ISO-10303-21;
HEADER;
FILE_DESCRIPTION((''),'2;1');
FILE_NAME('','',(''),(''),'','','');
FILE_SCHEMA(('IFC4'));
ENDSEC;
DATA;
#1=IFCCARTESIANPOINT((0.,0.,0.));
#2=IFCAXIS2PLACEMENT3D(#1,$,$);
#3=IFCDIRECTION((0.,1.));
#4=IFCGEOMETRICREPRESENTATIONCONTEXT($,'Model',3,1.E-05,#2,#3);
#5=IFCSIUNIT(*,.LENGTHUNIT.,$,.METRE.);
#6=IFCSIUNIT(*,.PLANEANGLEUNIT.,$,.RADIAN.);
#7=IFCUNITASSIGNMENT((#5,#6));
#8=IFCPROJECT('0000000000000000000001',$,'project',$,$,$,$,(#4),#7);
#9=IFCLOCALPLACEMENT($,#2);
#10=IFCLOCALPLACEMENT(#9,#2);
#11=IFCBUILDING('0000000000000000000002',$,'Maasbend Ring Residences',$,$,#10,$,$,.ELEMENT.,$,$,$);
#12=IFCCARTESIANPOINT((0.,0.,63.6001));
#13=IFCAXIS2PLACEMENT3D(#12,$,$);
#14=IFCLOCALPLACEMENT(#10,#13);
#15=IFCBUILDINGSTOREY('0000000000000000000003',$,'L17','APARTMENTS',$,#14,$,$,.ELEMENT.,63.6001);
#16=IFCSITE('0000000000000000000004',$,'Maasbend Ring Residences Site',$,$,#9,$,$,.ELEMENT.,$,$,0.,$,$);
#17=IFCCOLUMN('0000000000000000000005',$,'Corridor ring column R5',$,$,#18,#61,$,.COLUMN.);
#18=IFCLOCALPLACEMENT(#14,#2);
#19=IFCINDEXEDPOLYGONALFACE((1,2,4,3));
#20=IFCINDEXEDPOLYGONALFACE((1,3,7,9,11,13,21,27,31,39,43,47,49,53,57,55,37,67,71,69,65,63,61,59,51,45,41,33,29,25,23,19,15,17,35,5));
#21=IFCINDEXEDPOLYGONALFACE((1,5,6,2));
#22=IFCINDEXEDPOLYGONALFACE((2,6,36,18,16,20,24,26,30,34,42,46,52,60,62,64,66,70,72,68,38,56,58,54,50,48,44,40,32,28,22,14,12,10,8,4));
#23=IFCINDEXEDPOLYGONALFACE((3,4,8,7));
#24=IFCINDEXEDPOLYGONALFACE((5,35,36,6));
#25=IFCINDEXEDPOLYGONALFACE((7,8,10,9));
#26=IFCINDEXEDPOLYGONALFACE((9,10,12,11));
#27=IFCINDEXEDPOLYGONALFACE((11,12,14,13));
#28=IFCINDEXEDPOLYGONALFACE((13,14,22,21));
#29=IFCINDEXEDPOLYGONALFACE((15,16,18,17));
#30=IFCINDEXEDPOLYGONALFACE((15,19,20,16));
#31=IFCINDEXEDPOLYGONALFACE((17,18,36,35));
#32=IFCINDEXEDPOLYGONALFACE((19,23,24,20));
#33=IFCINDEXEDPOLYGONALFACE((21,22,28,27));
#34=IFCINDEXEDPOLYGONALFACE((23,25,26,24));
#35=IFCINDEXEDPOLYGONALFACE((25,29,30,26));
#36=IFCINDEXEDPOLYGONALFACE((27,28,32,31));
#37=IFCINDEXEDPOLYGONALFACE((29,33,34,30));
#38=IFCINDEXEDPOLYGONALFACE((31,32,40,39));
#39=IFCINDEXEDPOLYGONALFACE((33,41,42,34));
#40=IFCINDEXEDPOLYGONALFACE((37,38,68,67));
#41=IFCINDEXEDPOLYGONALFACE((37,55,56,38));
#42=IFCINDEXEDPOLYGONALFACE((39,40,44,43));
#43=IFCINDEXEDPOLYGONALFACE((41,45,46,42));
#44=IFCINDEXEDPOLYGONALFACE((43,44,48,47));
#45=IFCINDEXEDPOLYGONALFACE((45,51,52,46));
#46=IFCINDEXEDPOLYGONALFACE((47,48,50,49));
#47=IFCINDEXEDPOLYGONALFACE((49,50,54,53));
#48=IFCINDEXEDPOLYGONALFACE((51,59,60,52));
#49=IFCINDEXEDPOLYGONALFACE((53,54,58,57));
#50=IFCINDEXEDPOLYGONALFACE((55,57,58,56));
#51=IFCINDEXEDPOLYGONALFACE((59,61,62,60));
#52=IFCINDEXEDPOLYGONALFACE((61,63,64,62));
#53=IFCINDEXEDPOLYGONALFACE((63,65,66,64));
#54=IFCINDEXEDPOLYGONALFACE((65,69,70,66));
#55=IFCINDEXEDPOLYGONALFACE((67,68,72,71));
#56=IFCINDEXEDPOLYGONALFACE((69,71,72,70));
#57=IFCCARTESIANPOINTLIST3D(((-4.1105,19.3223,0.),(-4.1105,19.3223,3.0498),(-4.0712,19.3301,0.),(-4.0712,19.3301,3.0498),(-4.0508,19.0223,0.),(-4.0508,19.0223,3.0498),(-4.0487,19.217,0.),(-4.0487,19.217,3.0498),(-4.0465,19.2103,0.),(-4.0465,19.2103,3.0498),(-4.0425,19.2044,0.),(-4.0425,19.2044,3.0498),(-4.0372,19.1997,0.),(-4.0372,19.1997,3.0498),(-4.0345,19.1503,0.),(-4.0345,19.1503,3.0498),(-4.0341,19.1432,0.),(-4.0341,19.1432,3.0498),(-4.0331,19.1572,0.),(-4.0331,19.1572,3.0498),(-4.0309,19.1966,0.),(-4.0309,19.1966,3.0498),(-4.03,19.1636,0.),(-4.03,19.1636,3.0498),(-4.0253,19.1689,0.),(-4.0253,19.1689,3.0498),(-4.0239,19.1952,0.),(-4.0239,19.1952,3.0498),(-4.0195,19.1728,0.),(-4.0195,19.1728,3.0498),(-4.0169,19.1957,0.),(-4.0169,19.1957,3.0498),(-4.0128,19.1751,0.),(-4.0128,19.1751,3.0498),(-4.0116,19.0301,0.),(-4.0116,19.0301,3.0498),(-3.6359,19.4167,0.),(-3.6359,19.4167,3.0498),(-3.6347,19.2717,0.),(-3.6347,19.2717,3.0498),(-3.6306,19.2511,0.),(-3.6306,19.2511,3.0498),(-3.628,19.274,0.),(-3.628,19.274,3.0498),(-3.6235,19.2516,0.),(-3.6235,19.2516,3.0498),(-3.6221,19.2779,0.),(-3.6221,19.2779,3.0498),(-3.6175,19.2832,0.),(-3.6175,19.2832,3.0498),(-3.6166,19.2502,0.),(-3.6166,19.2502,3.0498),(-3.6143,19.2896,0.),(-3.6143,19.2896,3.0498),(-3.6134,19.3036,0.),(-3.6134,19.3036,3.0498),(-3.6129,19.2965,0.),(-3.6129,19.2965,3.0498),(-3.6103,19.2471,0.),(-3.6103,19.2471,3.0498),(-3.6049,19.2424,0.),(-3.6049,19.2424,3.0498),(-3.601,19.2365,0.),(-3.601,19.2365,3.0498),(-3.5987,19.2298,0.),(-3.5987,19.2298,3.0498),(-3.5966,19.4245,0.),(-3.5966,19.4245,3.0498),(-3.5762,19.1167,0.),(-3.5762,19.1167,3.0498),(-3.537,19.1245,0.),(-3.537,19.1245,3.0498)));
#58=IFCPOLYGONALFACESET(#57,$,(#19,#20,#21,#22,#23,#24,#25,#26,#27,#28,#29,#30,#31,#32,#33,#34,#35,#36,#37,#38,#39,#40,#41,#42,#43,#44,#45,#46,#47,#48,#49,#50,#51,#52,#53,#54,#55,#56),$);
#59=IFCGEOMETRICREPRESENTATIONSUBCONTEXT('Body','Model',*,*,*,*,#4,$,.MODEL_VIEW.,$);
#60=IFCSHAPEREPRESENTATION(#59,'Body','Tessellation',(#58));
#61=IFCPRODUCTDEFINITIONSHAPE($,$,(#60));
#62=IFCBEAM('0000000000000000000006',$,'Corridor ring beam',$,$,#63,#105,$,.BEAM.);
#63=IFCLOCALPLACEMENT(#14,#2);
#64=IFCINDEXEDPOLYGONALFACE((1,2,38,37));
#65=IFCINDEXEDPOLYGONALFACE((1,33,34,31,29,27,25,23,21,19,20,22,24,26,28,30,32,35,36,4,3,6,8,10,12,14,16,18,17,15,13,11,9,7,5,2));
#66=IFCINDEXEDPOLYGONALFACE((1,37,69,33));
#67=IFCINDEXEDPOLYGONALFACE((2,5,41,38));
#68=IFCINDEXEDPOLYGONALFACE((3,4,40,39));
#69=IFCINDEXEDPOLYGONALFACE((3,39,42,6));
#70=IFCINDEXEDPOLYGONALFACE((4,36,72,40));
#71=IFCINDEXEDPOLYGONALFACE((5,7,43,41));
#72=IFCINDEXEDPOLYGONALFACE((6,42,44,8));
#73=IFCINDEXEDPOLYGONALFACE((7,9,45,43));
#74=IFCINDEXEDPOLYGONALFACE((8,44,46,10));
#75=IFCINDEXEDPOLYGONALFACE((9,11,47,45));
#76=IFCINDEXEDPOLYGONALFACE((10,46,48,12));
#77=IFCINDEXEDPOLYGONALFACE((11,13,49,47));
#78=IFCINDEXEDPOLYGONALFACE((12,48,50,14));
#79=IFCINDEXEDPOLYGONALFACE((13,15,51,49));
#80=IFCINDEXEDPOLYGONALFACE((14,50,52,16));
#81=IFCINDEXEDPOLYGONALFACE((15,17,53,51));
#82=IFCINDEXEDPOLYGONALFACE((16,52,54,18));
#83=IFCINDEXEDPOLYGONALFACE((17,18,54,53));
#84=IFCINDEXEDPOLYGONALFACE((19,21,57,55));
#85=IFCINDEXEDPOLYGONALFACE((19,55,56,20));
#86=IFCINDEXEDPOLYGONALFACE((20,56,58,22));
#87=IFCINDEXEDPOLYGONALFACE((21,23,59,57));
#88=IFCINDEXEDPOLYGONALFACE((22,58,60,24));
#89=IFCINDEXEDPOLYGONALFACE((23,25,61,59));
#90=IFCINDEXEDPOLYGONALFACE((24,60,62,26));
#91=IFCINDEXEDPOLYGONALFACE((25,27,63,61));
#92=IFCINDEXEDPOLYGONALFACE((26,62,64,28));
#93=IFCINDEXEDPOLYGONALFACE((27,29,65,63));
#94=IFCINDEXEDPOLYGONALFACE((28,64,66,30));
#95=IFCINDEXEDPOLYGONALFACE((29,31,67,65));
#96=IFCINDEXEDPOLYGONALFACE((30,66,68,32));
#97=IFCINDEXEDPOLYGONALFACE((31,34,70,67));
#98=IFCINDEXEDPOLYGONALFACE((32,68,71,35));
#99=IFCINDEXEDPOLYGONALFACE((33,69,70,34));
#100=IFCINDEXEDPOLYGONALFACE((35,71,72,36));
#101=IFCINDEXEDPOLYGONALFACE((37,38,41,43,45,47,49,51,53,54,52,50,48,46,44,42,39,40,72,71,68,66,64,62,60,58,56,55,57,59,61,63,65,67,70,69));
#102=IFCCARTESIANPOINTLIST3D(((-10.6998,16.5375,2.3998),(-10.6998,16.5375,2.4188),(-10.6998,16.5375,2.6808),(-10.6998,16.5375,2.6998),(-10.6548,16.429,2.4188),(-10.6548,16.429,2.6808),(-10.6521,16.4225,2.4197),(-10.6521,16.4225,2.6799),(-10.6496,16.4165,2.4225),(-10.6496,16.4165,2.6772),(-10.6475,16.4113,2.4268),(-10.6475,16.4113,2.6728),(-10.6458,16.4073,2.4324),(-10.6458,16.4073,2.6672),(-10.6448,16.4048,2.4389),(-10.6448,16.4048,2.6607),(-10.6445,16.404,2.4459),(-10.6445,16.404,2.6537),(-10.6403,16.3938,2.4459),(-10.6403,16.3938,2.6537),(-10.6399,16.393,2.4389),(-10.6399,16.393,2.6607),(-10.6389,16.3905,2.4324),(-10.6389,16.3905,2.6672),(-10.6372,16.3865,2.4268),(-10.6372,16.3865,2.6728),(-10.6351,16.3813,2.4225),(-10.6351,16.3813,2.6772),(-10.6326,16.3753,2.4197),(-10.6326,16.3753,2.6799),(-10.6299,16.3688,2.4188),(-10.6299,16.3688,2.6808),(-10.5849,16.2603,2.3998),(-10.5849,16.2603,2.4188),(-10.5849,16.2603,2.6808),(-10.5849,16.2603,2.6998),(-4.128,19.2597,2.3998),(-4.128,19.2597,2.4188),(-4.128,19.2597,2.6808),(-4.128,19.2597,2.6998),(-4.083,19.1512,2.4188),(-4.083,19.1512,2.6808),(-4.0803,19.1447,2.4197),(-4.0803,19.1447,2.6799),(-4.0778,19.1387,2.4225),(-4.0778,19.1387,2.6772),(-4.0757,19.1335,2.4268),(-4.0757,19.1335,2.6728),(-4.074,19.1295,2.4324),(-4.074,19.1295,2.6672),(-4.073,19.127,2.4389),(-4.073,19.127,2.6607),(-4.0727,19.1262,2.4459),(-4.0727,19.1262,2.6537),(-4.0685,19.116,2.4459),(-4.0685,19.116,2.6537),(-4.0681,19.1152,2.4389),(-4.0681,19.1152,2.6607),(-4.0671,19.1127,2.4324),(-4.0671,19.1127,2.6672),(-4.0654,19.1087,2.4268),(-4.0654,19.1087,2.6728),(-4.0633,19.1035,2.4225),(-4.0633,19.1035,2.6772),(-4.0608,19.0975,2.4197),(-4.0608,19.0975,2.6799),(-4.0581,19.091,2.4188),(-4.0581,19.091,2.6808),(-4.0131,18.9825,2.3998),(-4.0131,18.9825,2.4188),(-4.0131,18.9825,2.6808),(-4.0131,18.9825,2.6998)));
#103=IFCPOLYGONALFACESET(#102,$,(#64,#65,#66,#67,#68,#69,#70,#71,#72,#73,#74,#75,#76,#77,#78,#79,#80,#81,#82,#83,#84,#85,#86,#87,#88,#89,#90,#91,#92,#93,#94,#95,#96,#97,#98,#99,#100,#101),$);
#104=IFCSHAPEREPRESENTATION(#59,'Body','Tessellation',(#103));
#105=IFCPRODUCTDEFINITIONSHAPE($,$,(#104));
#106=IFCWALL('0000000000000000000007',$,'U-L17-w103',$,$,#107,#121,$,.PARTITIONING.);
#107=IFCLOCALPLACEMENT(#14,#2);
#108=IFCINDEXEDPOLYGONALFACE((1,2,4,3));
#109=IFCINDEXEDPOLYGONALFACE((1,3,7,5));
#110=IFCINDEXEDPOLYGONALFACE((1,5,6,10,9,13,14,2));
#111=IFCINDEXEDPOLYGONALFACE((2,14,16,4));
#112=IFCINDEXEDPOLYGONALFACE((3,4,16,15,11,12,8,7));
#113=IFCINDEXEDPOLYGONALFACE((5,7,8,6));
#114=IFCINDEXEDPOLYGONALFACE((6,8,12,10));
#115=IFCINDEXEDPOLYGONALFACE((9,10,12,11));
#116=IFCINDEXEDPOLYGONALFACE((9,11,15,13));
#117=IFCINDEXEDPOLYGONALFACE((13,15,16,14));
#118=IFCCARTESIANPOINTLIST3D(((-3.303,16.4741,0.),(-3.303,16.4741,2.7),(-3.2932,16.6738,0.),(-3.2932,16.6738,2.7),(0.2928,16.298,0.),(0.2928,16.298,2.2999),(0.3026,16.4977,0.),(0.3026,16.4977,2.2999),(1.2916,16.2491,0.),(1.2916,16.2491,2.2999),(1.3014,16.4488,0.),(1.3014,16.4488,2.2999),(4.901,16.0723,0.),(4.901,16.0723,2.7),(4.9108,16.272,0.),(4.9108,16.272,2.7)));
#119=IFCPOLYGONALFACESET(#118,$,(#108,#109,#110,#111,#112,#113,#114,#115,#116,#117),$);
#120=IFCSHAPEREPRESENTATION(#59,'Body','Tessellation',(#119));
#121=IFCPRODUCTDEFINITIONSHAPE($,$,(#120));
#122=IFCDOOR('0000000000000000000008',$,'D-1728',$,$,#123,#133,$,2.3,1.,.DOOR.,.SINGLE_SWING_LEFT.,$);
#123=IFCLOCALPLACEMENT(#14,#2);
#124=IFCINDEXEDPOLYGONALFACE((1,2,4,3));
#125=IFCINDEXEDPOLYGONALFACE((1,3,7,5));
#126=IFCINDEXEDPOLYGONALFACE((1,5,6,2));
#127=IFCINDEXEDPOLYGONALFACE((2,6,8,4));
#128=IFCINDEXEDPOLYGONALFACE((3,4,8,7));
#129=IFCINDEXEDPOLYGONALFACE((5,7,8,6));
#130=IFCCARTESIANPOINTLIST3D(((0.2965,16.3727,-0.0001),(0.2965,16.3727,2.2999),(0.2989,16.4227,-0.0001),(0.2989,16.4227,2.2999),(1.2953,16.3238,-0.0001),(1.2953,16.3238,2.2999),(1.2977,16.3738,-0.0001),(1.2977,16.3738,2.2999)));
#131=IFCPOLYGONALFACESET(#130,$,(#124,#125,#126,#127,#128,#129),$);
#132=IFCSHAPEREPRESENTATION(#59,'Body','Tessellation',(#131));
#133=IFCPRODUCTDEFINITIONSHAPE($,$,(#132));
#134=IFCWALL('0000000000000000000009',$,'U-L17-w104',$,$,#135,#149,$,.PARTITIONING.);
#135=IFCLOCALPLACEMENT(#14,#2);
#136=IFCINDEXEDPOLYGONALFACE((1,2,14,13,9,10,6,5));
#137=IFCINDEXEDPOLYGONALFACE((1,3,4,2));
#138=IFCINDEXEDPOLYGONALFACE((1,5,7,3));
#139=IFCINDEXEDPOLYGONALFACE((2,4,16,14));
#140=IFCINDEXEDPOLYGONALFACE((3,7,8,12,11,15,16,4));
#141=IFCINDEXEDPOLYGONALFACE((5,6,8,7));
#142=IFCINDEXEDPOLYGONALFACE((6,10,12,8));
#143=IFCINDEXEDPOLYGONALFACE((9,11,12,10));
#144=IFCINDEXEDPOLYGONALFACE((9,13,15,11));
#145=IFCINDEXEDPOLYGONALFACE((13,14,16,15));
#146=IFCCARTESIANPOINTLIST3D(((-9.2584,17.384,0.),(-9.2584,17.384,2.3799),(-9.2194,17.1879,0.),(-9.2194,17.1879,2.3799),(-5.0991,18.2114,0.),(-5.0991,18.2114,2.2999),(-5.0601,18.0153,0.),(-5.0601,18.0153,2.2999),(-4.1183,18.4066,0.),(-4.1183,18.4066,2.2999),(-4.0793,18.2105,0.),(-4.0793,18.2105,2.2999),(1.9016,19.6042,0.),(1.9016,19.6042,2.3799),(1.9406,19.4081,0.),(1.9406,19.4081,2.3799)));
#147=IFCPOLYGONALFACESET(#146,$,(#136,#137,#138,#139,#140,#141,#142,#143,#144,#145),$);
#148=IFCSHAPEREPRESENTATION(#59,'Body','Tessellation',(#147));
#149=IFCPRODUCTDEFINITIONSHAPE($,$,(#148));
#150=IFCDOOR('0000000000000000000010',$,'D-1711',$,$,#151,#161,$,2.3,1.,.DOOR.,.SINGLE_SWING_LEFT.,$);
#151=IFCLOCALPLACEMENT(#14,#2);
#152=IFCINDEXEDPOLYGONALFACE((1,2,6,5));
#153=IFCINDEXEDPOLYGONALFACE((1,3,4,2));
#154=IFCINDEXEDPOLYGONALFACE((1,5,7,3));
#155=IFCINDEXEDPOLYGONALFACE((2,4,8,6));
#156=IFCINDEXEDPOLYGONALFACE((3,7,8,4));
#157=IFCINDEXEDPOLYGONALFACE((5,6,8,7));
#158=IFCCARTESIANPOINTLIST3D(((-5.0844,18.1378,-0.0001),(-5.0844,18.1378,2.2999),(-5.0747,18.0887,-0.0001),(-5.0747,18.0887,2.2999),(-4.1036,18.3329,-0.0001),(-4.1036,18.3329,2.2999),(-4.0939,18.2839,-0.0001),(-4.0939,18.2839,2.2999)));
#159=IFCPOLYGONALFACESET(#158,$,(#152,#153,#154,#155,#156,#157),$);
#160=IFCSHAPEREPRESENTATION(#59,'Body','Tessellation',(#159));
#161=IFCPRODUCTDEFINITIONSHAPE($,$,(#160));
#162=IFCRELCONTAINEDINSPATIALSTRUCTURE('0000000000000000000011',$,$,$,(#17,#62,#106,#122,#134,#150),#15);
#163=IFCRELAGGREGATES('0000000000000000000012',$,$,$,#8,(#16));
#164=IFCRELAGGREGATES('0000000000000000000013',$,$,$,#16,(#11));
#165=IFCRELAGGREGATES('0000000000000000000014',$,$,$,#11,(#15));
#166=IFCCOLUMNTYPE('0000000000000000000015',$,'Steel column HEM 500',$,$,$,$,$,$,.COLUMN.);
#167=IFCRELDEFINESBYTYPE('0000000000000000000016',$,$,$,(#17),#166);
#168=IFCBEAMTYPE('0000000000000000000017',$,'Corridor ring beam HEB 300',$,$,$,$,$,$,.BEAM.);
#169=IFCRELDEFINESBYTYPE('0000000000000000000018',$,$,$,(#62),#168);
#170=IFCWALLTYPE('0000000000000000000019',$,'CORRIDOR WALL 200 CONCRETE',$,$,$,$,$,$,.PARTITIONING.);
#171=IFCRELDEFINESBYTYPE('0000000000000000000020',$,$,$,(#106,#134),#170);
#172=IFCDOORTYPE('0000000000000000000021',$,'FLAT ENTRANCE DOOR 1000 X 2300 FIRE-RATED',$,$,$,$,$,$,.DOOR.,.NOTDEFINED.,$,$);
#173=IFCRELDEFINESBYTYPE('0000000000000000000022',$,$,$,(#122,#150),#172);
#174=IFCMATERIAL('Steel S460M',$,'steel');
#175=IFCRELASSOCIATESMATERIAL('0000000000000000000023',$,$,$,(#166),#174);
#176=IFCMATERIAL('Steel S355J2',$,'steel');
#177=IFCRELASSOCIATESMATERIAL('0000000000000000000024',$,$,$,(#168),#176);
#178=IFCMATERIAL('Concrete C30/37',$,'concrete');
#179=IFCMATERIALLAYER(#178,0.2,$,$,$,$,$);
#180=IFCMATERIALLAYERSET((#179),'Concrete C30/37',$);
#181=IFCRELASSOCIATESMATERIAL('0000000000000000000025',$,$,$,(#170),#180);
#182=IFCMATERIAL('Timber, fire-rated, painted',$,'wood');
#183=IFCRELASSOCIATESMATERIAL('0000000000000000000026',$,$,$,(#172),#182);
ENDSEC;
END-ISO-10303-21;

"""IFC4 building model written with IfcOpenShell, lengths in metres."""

from ifc_helpers import new_model, si_unit, direction, frame, frame_2d, origin, origin_2d, place, context, subcontext, project, spatial, rectangle, i_section, extrude, material, layer, layer_set, material_profile, profile_set, type_object, element, fill, save


model = new_model("IFC4")

# Units and contexts
model_context = context("Model", 3, precision=1e-05, world=origin(), true_north=direction((0.0, 1.0)))
body_context = subcontext(model_context, "Body", "Model", "MODEL_VIEW")
ifc_project = project(units=[si_unit("LENGTHUNIT", "METRE"), si_unit("PLANEANGLEUNIT", "RADIAN")], contexts=[model_context])

# Site, building, storey
site_placement = place(None, origin())
site = spatial("IfcSite", under=ifc_project, at=site_placement, Name="Maasbend Ring Residences Site", CompositionType="ELEMENT", RefElevation=0.0)
building_placement = place(site_placement, origin())
building = spatial("IfcBuilding", under=site, at=building_placement, Name="Maasbend Ring Residences", CompositionType="ELEMENT")
storey_placement = place(building_placement, frame((0.0, 0.0, 63.6001)))
storey = spatial("IfcBuildingStorey", under=building, at=storey_placement, Name="L17", Description="APARTMENTS", CompositionType="ELEMENT", Elevation=63.6001)

# Column
ifc_material_1 = material(Name="Steel S460M", Category="steel")
ifc_material_profile_1 = material_profile(ifc_material_1, i_section(OverallWidth=0.3059, OverallDepth=0.5239, WebThickness=0.021, FlangeThickness=0.04, FilletRadius=0.0271, at=origin_2d()), Name="HEM 500")
ifc_profile_set_1 = profile_set([ifc_material_profile_1], Name="Steel S460M")
column_type = type_object("IfcColumnType", Name="Steel column HEM 500", PredefinedType="COLUMN", material=ifc_profile_set_1)
column_placement = place(storey_placement, frame((-3.8237, 19.2234, 0.0), z_axis=(0.0, 0.0, 1.0), x_axis=(-0.19509, 0.980785, 0.0)))
element("IfcColumn", 1, at=column_placement, inside=storey, type_object=column_type, Name="Corridor ring column R5", PredefinedType="COLUMN", context=body_context, shape_type="SweptSolid", body=[
    extrude(i_section(OverallWidth=0.3059, OverallDepth=0.5239, WebThickness=0.021, FlangeThickness=0.04, FilletRadius=0.0271, at=origin_2d()), origin(), (0.0, 0.0, 1.0), 3.0498),
])

# Beam
ifc_material_2 = material(Name="Steel S355J2", Category="steel")
ifc_material_profile_2 = material_profile(ifc_material_2, i_section(OverallWidth=0.3, OverallDepth=0.3, WebThickness=0.011, FlangeThickness=0.019, FilletRadius=0.0271, at=origin_2d()), Name="HEB 300")
ifc_profile_set_2 = profile_set([ifc_material_profile_2], Name="Steel S355J2")
beam_type = type_object("IfcBeamType", Name="Corridor ring beam HEB 300", PredefinedType="BEAM", material=ifc_profile_set_2)
beam_placement = place(storey_placement, frame((-4.0706, 19.1211, 2.5498), z_axis=(-0.923877, -0.382689, 0.0), x_axis=(0.382689, -0.923877, 0.0)))
element("IfcBeam", 2, at=beam_placement, inside=storey, type_object=beam_type, Name="Corridor ring beam", PredefinedType="BEAM", context=body_context, shape_type="SweptSolid", body=[
    extrude(i_section(OverallWidth=0.3, OverallDepth=0.3, WebThickness=0.011, FlangeThickness=0.019, FilletRadius=0.0271, at=origin_2d()), origin(), (0.0, 0.0, 1.0), 7.1133),
])

# Walls, openings, doors
ifc_material_3 = material(Name="Concrete C30/37", Category="concrete")
ifc_layer_1 = layer(ifc_material_3, 0.2)
ifc_layer_set_1 = layer_set([ifc_layer_1], Name="Concrete C30/37")
wall_type_1 = type_object("IfcWallType", Name="CORRIDOR WALL 200 CONCRETE", PredefinedType="PARTITIONING", material=ifc_layer_set_1)
wall_1_placement = place(storey_placement, frame((-3.2981, 16.574, 0.0), z_axis=(0.0, 0.0, 1.0), x_axis=(0.998803, -0.048924, 0.0)))
wall_1 = element("IfcWall", 3, at=wall_1_placement, inside=storey, type_object=wall_type_1, Name="U-L17-w103", PredefinedType="PARTITIONING", context=body_context, shape_type="SweptSolid", body=[
    extrude(rectangle(XDim=8.2139, YDim=0.2, at=frame_2d((4.1069, 0.0))), origin(), (0.0, 0.0, 1.0), 2.7),
])
opening_1_placement = place(wall_1_placement, frame((3.6001, 0.0, 0.0)))
opening_1 = element("IfcOpeningElement", 4, at=opening_1_placement, cuts=wall_1, PredefinedType="OPENING", context=body_context, shape_type="SweptSolid", body=[
    extrude(rectangle(XDim=1.0, YDim=2.3, at=frame_2d((0.5, 1.1499))), frame((0.0, 0.1099, 0.0), z_axis=(0.0, -1.0, 0.0), x_axis=(1.0, 0.0, 0.0)), (0.0, 0.0, 1.0), 0.22),
])
ifc_material_4 = material(Name="Timber, fire-rated, painted", Category="wood")
door_type_1 = type_object("IfcDoorType", Name="FLAT ENTRANCE DOOR 1000 X 2300 FIRE-RATED", OperationType="NOTDEFINED", PredefinedType="DOOR", material=ifc_material_4)
door_1_placement = place(opening_1_placement, origin())
door_1 = element("IfcDoor", 5, at=door_1_placement, inside=storey, type_object=door_type_1, Name="D-1728", OperationType="SINGLE_SWING_LEFT", OverallHeight=2.3, OverallWidth=1.0, PredefinedType="DOOR", context=body_context, shape_type="SweptSolid", body=[
    extrude(rectangle(XDim=1.0, YDim=2.3, at=frame_2d((0.5, 1.1499))), frame((0.0, 0.0249, 0.0), z_axis=(0.0, -1.0, 0.0), x_axis=(1.0, 0.0, 0.0)), (0.0, 0.0, 1.0), 0.05),
])
fill(opening_1, door_1)
wall_2_placement = place(storey_placement, frame((-9.239, 17.2859, 0.0), z_axis=(0.0, 0.0, 1.0), x_axis=(0.980779, 0.195122, 0.0)))
wall_2 = element("IfcWall", 6, at=wall_2_placement, inside=storey, type_object=wall_type_1, Name="U-L17-w104", PredefinedType="PARTITIONING", context=body_context, shape_type="SweptSolid", body=[
    extrude(rectangle(XDim=11.3787, YDim=0.2, at=frame_2d((5.6895, 0.0))), origin(), (0.0, 0.0, 1.0), 2.3799),
])
opening_2_placement = place(wall_2_placement, frame((4.241, 0.0, 0.0)))
opening_2 = element("IfcOpeningElement", 7, at=opening_2_placement, cuts=wall_2, PredefinedType="OPENING", context=body_context, shape_type="SweptSolid", body=[
    extrude(rectangle(XDim=1.0, YDim=2.3, at=frame_2d((0.5, 1.1499))), frame((0.0, 0.1099, 0.0), z_axis=(0.0, -1.0, 0.0), x_axis=(1.0, 0.0, 0.0)), (0.0, 0.0, 1.0), 0.22),
])
door_2_placement = place(opening_2_placement, origin())
door_2 = element("IfcDoor", 8, at=door_2_placement, inside=storey, type_object=door_type_1, Name="D-1711", OperationType="SINGLE_SWING_LEFT", OverallHeight=2.3, OverallWidth=1.0, PredefinedType="DOOR", context=body_context, shape_type="SweptSolid", body=[
    extrude(rectangle(XDim=1.0, YDim=2.3, at=frame_2d((0.5, 1.1499))), frame((0.0, 0.0249, 0.0), z_axis=(0.0, -1.0, 0.0), x_axis=(1.0, 0.0, 0.0)), (0.0, 0.0, 1.0), 0.05),
])
fill(opening_2, door_2)

save(model, "model.ifc")
